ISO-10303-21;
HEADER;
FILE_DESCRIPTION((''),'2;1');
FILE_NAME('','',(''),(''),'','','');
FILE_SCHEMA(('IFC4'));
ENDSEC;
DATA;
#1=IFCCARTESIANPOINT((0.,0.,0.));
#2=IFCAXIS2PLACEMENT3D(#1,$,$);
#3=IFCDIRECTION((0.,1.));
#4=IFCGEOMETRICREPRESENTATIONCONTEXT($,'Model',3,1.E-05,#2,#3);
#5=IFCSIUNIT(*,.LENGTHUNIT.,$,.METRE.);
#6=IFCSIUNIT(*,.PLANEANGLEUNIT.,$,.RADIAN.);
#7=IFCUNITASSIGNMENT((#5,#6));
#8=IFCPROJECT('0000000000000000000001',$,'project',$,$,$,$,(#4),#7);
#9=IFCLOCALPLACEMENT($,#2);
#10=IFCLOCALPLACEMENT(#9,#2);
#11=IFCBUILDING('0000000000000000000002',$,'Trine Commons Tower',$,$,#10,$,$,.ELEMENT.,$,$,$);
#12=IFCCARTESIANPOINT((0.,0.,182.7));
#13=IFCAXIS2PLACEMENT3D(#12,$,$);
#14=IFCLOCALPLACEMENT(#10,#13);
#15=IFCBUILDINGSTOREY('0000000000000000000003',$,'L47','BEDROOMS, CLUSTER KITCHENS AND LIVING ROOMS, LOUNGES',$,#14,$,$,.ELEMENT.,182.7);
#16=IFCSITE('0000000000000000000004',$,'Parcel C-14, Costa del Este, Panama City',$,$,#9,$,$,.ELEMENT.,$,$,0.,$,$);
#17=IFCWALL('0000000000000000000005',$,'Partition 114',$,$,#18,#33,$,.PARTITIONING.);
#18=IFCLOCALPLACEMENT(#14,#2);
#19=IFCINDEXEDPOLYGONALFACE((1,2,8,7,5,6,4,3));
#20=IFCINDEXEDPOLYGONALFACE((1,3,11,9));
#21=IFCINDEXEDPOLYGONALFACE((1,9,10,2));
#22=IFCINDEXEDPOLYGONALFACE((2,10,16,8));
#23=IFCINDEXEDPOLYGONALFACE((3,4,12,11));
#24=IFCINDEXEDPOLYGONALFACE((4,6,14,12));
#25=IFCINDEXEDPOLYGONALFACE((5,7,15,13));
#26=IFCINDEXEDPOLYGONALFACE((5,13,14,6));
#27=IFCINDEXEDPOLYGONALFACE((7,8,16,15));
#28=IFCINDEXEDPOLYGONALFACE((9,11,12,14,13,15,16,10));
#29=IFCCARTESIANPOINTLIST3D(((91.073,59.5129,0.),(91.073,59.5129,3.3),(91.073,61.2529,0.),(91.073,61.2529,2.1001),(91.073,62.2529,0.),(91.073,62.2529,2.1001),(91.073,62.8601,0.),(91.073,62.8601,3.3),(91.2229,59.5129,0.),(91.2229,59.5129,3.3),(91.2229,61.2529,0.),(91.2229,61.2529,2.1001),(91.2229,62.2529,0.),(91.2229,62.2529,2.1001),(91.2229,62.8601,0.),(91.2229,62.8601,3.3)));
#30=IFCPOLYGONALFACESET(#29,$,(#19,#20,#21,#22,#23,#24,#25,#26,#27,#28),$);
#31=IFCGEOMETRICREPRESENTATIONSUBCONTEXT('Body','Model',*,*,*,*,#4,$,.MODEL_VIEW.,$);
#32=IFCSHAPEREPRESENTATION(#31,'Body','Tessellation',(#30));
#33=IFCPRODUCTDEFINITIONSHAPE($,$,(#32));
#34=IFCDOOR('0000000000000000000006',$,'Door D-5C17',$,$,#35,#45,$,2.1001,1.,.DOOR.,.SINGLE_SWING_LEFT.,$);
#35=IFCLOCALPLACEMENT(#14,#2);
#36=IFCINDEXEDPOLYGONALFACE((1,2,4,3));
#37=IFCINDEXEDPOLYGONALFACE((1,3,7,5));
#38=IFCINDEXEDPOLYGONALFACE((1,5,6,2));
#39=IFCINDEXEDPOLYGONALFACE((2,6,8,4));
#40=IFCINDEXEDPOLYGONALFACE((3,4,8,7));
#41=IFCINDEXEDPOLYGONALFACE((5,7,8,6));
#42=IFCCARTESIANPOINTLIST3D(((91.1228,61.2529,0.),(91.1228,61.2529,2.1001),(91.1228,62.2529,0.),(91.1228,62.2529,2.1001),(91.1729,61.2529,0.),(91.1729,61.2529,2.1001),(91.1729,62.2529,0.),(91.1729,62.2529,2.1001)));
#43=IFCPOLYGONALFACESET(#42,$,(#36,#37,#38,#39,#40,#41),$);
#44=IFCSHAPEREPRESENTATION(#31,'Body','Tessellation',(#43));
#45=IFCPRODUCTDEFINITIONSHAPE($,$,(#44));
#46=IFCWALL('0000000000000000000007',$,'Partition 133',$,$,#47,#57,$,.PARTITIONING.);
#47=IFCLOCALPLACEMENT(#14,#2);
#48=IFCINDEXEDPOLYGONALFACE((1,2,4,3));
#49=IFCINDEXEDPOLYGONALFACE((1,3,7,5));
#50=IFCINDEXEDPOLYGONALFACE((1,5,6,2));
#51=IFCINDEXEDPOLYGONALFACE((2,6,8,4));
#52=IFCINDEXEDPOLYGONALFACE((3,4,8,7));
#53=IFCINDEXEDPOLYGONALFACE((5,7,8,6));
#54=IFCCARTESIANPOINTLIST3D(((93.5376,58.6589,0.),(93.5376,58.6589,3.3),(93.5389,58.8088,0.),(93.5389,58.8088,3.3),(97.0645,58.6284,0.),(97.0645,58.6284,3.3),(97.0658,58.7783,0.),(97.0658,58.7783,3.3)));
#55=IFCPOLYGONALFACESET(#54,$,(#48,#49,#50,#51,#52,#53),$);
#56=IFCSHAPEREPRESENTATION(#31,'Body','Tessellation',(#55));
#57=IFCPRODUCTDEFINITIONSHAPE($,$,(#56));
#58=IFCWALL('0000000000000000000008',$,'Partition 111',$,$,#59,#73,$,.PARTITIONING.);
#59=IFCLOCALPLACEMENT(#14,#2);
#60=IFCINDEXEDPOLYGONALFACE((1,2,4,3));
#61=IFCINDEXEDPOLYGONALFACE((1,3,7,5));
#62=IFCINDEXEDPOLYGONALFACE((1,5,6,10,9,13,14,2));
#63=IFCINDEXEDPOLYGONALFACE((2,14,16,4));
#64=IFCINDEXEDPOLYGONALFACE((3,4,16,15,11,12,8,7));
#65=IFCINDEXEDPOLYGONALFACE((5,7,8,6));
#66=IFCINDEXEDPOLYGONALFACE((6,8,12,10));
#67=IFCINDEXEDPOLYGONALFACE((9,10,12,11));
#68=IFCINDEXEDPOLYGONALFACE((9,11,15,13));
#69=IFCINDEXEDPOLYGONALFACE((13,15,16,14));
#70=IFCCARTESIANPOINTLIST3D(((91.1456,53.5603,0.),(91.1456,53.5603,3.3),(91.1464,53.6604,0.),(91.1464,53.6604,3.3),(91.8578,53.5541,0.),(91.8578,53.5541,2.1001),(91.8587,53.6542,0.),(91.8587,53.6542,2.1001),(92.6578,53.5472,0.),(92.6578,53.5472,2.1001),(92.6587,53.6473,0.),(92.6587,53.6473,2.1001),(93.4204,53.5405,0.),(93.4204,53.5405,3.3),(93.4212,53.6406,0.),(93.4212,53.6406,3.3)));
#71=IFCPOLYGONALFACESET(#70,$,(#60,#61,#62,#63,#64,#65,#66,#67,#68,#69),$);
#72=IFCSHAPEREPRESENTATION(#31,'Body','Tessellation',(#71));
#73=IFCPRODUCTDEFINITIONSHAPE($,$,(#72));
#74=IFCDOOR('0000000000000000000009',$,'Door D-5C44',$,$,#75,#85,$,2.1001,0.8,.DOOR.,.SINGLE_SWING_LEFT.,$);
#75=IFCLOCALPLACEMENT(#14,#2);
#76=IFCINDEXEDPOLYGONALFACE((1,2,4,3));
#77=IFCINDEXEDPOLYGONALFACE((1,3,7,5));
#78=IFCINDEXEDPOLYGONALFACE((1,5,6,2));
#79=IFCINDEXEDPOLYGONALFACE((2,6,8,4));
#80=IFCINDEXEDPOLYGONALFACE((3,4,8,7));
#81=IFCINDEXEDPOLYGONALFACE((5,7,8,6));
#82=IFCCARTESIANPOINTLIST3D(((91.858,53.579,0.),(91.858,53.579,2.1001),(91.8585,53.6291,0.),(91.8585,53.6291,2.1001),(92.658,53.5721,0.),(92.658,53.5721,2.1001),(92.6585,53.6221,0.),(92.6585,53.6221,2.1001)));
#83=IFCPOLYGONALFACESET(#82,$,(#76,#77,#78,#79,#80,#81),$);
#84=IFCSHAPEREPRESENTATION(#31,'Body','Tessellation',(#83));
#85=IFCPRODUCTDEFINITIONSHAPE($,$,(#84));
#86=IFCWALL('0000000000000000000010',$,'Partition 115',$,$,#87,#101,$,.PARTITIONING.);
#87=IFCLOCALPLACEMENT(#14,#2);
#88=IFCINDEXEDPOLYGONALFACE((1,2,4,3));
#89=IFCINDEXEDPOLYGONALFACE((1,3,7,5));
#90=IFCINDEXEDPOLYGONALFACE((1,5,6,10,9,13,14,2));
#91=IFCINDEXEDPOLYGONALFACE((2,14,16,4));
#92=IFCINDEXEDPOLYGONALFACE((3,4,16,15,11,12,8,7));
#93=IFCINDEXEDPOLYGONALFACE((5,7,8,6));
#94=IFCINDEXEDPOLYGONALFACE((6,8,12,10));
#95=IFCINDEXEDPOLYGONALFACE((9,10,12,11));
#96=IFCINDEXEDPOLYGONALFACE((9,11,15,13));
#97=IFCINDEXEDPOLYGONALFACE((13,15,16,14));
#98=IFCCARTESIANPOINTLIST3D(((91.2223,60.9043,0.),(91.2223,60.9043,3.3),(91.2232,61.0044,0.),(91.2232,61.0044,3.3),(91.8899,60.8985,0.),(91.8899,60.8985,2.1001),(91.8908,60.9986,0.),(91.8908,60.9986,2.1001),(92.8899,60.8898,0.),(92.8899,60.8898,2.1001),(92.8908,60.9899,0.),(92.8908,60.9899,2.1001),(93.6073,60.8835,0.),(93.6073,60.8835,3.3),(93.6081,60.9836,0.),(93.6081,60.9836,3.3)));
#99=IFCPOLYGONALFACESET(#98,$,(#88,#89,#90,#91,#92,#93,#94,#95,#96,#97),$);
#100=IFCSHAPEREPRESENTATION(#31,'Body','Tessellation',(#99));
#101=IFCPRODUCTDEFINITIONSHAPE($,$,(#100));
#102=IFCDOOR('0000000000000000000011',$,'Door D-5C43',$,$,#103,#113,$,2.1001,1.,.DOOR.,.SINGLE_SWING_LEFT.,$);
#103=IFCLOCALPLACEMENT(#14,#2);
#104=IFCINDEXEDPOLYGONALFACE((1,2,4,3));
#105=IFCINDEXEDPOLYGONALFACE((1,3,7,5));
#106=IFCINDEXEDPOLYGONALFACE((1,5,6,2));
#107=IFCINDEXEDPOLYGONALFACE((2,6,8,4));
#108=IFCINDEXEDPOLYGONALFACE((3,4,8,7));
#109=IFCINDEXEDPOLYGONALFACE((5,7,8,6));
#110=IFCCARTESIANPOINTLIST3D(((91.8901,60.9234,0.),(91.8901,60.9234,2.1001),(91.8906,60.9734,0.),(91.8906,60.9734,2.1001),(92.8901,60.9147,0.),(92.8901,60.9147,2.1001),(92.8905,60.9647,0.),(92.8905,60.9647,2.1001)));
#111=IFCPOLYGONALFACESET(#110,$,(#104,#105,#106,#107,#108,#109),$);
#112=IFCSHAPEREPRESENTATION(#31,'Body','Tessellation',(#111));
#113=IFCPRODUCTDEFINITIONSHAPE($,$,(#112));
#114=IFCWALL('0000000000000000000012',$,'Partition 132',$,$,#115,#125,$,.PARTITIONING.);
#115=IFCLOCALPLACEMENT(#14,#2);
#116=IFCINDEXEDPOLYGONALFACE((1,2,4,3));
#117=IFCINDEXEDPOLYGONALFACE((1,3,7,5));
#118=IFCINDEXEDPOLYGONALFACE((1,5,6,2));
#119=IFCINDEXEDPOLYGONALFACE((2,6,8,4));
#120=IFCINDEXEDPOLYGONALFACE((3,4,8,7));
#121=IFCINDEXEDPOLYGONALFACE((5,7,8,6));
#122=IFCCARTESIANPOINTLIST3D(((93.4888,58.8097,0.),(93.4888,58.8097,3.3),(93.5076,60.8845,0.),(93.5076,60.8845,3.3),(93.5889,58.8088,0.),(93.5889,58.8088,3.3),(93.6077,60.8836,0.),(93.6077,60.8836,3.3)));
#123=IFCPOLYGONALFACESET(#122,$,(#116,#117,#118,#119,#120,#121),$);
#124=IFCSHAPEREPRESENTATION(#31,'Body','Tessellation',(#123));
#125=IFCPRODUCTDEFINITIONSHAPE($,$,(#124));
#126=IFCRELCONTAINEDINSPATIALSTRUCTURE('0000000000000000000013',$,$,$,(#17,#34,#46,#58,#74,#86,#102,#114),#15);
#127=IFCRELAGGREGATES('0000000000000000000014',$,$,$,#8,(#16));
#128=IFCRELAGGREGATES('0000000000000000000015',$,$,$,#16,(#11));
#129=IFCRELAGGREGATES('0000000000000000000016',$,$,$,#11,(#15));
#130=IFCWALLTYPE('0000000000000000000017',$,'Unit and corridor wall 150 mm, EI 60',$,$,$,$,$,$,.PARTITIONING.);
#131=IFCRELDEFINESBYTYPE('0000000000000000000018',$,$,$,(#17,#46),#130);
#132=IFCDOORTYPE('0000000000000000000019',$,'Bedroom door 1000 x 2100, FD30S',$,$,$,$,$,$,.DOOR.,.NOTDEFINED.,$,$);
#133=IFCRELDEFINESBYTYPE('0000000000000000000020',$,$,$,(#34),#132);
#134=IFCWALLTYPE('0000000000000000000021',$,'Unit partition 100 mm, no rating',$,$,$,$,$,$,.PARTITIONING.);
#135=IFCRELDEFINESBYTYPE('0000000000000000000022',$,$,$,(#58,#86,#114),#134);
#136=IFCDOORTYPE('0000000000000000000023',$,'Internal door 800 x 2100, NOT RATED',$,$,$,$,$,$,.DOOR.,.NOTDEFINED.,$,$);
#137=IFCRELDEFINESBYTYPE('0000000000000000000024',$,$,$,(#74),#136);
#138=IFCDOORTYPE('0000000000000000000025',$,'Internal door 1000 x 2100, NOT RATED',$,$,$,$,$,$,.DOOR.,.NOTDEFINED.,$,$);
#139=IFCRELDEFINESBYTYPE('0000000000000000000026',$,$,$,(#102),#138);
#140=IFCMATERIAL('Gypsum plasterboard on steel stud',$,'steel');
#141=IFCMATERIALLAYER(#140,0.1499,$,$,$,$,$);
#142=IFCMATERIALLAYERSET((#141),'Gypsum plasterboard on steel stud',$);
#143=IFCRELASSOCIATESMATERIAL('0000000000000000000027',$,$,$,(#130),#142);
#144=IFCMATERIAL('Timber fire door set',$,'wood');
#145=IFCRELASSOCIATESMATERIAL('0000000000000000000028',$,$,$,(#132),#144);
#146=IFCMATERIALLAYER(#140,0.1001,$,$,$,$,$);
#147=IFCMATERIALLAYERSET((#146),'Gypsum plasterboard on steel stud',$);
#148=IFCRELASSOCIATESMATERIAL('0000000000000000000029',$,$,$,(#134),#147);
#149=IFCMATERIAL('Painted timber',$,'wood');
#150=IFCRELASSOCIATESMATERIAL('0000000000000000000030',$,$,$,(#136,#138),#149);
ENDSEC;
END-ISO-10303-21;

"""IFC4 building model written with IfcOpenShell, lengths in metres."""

from ifc_helpers import new_model, si_unit, direction, frame, frame_2d, origin, place, context, subcontext, project, spatial, rectangle, extrude, material, layer, layer_set, type_object, element, fill, save


model = new_model("IFC4")

# Units and contexts
model_context = context("Model", 3, precision=1e-05, world=origin(), true_north=direction((0.0, 1.0)))
body_context = subcontext(model_context, "Body", "Model", "MODEL_VIEW")
ifc_project = project(units=[si_unit("LENGTHUNIT", "METRE"), si_unit("PLANEANGLEUNIT", "RADIAN")], contexts=[model_context])

# Site, building, storey
site_placement = place(None, origin())
site = spatial("IfcSite", under=ifc_project, at=site_placement, Name="Parcel C-14, Costa del Este, Panama City", CompositionType="ELEMENT", RefElevation=0.0)
building_placement = place(site_placement, origin())
building = spatial("IfcBuilding", under=site, at=building_placement, Name="Trine Commons Tower", CompositionType="ELEMENT")
storey_placement = place(building_placement, frame((0.0, 0.0, 182.7)))
storey = spatial("IfcBuildingStorey", under=building, at=storey_placement, Name="L47", Description="BEDROOMS, CLUSTER KITCHENS AND LIVING ROOMS, LOUNGES", CompositionType="ELEMENT", Elevation=182.7)

# Shared definitions
ifc_material_1 = material(Name="Gypsum plasterboard on steel stud", Category="steel")
ifc_layer_1 = layer(ifc_material_1, 0.1499)
ifc_layer_set_1 = layer_set([ifc_layer_1], Name="Gypsum plasterboard on steel stud")
wall_type_1 = type_object("IfcWallType", Name="Unit and corridor wall 150 mm, EI 60", PredefinedType="PARTITIONING", material=ifc_layer_set_1)

# Wall, opening, door
wall_1_placement = place(storey_placement, frame((91.1479, 59.5129, 0.0), z_axis=(0.0, 0.0, 1.0), x_axis=(0.0, 1.0, 0.0)))
wall_1 = element("IfcWall", 1, at=wall_1_placement, inside=storey, type_object=wall_type_1, Name="Partition 114", PredefinedType="PARTITIONING", context=body_context, shape_type="SweptSolid", body=[
    extrude(rectangle(XDim=3.3472, YDim=0.1499, at=frame_2d((1.6736, 0.0))), origin(), (0.0, 0.0, 1.0), 3.3),
])
opening_1_placement = place(wall_1_placement, frame((1.74, 0.0, 0.0)))
opening_1 = element("IfcOpeningElement", 2, at=opening_1_placement, cuts=wall_1, PredefinedType="OPENING", context=body_context, shape_type="SweptSolid", body=[
    extrude(rectangle(XDim=1.0, YDim=2.1001, at=frame_2d((0.5, 1.05))), frame((0.0, 0.085, 0.0), z_axis=(0.0, -1.0, 0.0), x_axis=(1.0, 0.0, 0.0)), (0.0, 0.0, 1.0), 0.1699),
])
ifc_material_2 = material(Name="Timber fire door set", Category="wood")
door_type_1 = type_object("IfcDoorType", Name="Bedroom door 1000 x 2100, FD30S", OperationType="NOTDEFINED", PredefinedType="DOOR", material=ifc_material_2)
door_1_placement = place(opening_1_placement, frame((1.0, 0.0, 0.0), z_axis=(0.0, 0.0, 1.0), x_axis=(-1.0, 0.0, 0.0)))
door_1 = element("IfcDoor", 3, at=door_1_placement, inside=storey, type_object=door_type_1, Name="Door D-5C17", OperationType="SINGLE_SWING_LEFT", OverallHeight=2.1001, OverallWidth=1.0, PredefinedType="DOOR", context=body_context, shape_type="SweptSolid", body=[
    extrude(rectangle(XDim=1.0, YDim=2.1001, at=frame_2d((0.5, 1.05))), frame((0.0, 0.0249, 0.0), z_axis=(0.0, -1.0, 0.0), x_axis=(1.0, 0.0, 0.0)), (0.0, 0.0, 1.0), 0.05),
])
fill(opening_1, door_1)

# Wall
wall_2_placement = place(storey_placement, frame((93.5381, 58.7339, 0.0), z_axis=(0.0, 0.0, 1.0), x_axis=(0.999963, -0.008653, 0.0)))
element("IfcWall", 4, at=wall_2_placement, inside=storey, type_object=wall_type_1, Name="Partition 133", PredefinedType="PARTITIONING", context=body_context, shape_type="SweptSolid", body=[
    extrude(rectangle(XDim=3.5271, YDim=0.1499, at=frame_2d((1.7637, 0.0))), origin(), (0.0, 0.0, 1.0), 3.3),
])

# Walls, openings, doors
ifc_layer_2 = layer(ifc_material_1, 0.1001)
ifc_layer_set_2 = layer_set([ifc_layer_2], Name="Gypsum plasterboard on steel stud")
wall_type_2 = type_object("IfcWallType", Name="Unit partition 100 mm, no rating", PredefinedType="PARTITIONING", material=ifc_layer_set_2)
wall_3_placement = place(storey_placement, frame((91.146, 53.6104, 0.0), z_axis=(0.0, 0.0, 1.0), x_axis=(0.999962, -0.008693, 0.0)))
wall_3 = element("IfcWall", 5, at=wall_3_placement, inside=storey, type_object=wall_type_2, Name="Partition 111", PredefinedType="PARTITIONING", context=body_context, shape_type="SweptSolid", body=[
    extrude(rectangle(XDim=2.2749, YDim=0.1001, at=frame_2d((1.1375, 0.0))), origin(), (0.0, 0.0, 1.0), 3.3),
])
opening_2_placement = place(wall_3_placement, frame((0.7124, 0.0, 0.0)))
opening_2 = element("IfcOpeningElement", 6, at=opening_2_placement, cuts=wall_3, PredefinedType="OPENING", context=body_context, shape_type="SweptSolid", body=[
    extrude(rectangle(XDim=0.8, YDim=2.1001, at=frame_2d((0.3999, 1.05))), frame((0.0, 0.0601, 0.0), z_axis=(0.0, -1.0, 0.0), x_axis=(1.0, 0.0, 0.0)), (0.0, 0.0, 1.0), 0.1201),
])
ifc_material_3 = material(Name="Painted timber", Category="wood")
door_type_2 = type_object("IfcDoorType", Name="Internal door 800 x 2100, NOT RATED", OperationType="NOTDEFINED", PredefinedType="DOOR", material=ifc_material_3)
door_2_placement = place(opening_2_placement, origin())
door_2 = element("IfcDoor", 7, at=door_2_placement, inside=storey, type_object=door_type_2, Name="Door D-5C44", OperationType="SINGLE_SWING_LEFT", OverallHeight=2.1001, OverallWidth=0.8, PredefinedType="DOOR", context=body_context, shape_type="SweptSolid", body=[
    extrude(rectangle(XDim=0.8, YDim=2.1001, at=frame_2d((0.3999, 1.05))), frame((0.0, 0.0249, 0.0), z_axis=(0.0, -1.0, 0.0), x_axis=(1.0, 0.0, 0.0)), (0.0, 0.0, 1.0), 0.05),
])
fill(opening_2, door_2)
wall_4_placement = place(storey_placement, frame((91.2229, 60.9543, 0.0), z_axis=(0.0, 0.0, 1.0), x_axis=(0.999962, -0.008701, 0.0)))
wall_4 = element("IfcWall", 8, at=wall_4_placement, inside=storey, type_object=wall_type_2, Name="Partition 115", PredefinedType="PARTITIONING", context=body_context, shape_type="SweptSolid", body=[
    extrude(rectangle(XDim=2.385, YDim=0.1001, at=frame_2d((1.1924, 0.0))), origin(), (0.0, 0.0, 1.0), 3.3),
])
opening_3_placement = place(wall_4_placement, frame((0.6675, 0.0, 0.0)))
opening_3 = element("IfcOpeningElement", 9, at=opening_3_placement, cuts=wall_4, PredefinedType="OPENING", context=body_context, shape_type="SweptSolid", body=[
    extrude(rectangle(XDim=1.0, YDim=2.1001, at=frame_2d((0.5, 1.05))), frame((0.0, 0.0601, 0.0), z_axis=(0.0, -1.0, 0.0), x_axis=(1.0, 0.0, 0.0)), (0.0, 0.0, 1.0), 0.1201),
])
door_type_3 = type_object("IfcDoorType", Name="Internal door 1000 x 2100, NOT RATED", OperationType="NOTDEFINED", PredefinedType="DOOR", material=ifc_material_3)
door_3_placement = place(opening_3_placement, origin())
door_3 = element("IfcDoor", 10, at=door_3_placement, inside=storey, type_object=door_type_3, Name="Door D-5C43", OperationType="SINGLE_SWING_LEFT", OverallHeight=2.1001, OverallWidth=1.0, PredefinedType="DOOR", context=body_context, shape_type="SweptSolid", body=[
    extrude(rectangle(XDim=1.0, YDim=2.1001, at=frame_2d((0.5, 1.05))), frame((0.0, 0.0249, 0.0), z_axis=(0.0, -1.0, 0.0), x_axis=(1.0, 0.0, 0.0)), (0.0, 0.0, 1.0), 0.05),
])
fill(opening_3, door_3)

# Wall
wall_5_placement = place(storey_placement, frame((93.5388, 58.8091, 0.0), z_axis=(0.0, 0.0, 1.0), x_axis=(0.00906, 0.999959, 0.0)))
element("IfcWall", 11, at=wall_5_placement, inside=storey, type_object=wall_type_2, Name="Partition 132", PredefinedType="PARTITIONING", context=body_context, shape_type="SweptSolid", body=[
    extrude(rectangle(XDim=2.075, YDim=0.1001, at=frame_2d((1.0376, 0.0))), origin(), (0.0, 0.0, 1.0), 3.3),
])

save(model, "model.ifc")
